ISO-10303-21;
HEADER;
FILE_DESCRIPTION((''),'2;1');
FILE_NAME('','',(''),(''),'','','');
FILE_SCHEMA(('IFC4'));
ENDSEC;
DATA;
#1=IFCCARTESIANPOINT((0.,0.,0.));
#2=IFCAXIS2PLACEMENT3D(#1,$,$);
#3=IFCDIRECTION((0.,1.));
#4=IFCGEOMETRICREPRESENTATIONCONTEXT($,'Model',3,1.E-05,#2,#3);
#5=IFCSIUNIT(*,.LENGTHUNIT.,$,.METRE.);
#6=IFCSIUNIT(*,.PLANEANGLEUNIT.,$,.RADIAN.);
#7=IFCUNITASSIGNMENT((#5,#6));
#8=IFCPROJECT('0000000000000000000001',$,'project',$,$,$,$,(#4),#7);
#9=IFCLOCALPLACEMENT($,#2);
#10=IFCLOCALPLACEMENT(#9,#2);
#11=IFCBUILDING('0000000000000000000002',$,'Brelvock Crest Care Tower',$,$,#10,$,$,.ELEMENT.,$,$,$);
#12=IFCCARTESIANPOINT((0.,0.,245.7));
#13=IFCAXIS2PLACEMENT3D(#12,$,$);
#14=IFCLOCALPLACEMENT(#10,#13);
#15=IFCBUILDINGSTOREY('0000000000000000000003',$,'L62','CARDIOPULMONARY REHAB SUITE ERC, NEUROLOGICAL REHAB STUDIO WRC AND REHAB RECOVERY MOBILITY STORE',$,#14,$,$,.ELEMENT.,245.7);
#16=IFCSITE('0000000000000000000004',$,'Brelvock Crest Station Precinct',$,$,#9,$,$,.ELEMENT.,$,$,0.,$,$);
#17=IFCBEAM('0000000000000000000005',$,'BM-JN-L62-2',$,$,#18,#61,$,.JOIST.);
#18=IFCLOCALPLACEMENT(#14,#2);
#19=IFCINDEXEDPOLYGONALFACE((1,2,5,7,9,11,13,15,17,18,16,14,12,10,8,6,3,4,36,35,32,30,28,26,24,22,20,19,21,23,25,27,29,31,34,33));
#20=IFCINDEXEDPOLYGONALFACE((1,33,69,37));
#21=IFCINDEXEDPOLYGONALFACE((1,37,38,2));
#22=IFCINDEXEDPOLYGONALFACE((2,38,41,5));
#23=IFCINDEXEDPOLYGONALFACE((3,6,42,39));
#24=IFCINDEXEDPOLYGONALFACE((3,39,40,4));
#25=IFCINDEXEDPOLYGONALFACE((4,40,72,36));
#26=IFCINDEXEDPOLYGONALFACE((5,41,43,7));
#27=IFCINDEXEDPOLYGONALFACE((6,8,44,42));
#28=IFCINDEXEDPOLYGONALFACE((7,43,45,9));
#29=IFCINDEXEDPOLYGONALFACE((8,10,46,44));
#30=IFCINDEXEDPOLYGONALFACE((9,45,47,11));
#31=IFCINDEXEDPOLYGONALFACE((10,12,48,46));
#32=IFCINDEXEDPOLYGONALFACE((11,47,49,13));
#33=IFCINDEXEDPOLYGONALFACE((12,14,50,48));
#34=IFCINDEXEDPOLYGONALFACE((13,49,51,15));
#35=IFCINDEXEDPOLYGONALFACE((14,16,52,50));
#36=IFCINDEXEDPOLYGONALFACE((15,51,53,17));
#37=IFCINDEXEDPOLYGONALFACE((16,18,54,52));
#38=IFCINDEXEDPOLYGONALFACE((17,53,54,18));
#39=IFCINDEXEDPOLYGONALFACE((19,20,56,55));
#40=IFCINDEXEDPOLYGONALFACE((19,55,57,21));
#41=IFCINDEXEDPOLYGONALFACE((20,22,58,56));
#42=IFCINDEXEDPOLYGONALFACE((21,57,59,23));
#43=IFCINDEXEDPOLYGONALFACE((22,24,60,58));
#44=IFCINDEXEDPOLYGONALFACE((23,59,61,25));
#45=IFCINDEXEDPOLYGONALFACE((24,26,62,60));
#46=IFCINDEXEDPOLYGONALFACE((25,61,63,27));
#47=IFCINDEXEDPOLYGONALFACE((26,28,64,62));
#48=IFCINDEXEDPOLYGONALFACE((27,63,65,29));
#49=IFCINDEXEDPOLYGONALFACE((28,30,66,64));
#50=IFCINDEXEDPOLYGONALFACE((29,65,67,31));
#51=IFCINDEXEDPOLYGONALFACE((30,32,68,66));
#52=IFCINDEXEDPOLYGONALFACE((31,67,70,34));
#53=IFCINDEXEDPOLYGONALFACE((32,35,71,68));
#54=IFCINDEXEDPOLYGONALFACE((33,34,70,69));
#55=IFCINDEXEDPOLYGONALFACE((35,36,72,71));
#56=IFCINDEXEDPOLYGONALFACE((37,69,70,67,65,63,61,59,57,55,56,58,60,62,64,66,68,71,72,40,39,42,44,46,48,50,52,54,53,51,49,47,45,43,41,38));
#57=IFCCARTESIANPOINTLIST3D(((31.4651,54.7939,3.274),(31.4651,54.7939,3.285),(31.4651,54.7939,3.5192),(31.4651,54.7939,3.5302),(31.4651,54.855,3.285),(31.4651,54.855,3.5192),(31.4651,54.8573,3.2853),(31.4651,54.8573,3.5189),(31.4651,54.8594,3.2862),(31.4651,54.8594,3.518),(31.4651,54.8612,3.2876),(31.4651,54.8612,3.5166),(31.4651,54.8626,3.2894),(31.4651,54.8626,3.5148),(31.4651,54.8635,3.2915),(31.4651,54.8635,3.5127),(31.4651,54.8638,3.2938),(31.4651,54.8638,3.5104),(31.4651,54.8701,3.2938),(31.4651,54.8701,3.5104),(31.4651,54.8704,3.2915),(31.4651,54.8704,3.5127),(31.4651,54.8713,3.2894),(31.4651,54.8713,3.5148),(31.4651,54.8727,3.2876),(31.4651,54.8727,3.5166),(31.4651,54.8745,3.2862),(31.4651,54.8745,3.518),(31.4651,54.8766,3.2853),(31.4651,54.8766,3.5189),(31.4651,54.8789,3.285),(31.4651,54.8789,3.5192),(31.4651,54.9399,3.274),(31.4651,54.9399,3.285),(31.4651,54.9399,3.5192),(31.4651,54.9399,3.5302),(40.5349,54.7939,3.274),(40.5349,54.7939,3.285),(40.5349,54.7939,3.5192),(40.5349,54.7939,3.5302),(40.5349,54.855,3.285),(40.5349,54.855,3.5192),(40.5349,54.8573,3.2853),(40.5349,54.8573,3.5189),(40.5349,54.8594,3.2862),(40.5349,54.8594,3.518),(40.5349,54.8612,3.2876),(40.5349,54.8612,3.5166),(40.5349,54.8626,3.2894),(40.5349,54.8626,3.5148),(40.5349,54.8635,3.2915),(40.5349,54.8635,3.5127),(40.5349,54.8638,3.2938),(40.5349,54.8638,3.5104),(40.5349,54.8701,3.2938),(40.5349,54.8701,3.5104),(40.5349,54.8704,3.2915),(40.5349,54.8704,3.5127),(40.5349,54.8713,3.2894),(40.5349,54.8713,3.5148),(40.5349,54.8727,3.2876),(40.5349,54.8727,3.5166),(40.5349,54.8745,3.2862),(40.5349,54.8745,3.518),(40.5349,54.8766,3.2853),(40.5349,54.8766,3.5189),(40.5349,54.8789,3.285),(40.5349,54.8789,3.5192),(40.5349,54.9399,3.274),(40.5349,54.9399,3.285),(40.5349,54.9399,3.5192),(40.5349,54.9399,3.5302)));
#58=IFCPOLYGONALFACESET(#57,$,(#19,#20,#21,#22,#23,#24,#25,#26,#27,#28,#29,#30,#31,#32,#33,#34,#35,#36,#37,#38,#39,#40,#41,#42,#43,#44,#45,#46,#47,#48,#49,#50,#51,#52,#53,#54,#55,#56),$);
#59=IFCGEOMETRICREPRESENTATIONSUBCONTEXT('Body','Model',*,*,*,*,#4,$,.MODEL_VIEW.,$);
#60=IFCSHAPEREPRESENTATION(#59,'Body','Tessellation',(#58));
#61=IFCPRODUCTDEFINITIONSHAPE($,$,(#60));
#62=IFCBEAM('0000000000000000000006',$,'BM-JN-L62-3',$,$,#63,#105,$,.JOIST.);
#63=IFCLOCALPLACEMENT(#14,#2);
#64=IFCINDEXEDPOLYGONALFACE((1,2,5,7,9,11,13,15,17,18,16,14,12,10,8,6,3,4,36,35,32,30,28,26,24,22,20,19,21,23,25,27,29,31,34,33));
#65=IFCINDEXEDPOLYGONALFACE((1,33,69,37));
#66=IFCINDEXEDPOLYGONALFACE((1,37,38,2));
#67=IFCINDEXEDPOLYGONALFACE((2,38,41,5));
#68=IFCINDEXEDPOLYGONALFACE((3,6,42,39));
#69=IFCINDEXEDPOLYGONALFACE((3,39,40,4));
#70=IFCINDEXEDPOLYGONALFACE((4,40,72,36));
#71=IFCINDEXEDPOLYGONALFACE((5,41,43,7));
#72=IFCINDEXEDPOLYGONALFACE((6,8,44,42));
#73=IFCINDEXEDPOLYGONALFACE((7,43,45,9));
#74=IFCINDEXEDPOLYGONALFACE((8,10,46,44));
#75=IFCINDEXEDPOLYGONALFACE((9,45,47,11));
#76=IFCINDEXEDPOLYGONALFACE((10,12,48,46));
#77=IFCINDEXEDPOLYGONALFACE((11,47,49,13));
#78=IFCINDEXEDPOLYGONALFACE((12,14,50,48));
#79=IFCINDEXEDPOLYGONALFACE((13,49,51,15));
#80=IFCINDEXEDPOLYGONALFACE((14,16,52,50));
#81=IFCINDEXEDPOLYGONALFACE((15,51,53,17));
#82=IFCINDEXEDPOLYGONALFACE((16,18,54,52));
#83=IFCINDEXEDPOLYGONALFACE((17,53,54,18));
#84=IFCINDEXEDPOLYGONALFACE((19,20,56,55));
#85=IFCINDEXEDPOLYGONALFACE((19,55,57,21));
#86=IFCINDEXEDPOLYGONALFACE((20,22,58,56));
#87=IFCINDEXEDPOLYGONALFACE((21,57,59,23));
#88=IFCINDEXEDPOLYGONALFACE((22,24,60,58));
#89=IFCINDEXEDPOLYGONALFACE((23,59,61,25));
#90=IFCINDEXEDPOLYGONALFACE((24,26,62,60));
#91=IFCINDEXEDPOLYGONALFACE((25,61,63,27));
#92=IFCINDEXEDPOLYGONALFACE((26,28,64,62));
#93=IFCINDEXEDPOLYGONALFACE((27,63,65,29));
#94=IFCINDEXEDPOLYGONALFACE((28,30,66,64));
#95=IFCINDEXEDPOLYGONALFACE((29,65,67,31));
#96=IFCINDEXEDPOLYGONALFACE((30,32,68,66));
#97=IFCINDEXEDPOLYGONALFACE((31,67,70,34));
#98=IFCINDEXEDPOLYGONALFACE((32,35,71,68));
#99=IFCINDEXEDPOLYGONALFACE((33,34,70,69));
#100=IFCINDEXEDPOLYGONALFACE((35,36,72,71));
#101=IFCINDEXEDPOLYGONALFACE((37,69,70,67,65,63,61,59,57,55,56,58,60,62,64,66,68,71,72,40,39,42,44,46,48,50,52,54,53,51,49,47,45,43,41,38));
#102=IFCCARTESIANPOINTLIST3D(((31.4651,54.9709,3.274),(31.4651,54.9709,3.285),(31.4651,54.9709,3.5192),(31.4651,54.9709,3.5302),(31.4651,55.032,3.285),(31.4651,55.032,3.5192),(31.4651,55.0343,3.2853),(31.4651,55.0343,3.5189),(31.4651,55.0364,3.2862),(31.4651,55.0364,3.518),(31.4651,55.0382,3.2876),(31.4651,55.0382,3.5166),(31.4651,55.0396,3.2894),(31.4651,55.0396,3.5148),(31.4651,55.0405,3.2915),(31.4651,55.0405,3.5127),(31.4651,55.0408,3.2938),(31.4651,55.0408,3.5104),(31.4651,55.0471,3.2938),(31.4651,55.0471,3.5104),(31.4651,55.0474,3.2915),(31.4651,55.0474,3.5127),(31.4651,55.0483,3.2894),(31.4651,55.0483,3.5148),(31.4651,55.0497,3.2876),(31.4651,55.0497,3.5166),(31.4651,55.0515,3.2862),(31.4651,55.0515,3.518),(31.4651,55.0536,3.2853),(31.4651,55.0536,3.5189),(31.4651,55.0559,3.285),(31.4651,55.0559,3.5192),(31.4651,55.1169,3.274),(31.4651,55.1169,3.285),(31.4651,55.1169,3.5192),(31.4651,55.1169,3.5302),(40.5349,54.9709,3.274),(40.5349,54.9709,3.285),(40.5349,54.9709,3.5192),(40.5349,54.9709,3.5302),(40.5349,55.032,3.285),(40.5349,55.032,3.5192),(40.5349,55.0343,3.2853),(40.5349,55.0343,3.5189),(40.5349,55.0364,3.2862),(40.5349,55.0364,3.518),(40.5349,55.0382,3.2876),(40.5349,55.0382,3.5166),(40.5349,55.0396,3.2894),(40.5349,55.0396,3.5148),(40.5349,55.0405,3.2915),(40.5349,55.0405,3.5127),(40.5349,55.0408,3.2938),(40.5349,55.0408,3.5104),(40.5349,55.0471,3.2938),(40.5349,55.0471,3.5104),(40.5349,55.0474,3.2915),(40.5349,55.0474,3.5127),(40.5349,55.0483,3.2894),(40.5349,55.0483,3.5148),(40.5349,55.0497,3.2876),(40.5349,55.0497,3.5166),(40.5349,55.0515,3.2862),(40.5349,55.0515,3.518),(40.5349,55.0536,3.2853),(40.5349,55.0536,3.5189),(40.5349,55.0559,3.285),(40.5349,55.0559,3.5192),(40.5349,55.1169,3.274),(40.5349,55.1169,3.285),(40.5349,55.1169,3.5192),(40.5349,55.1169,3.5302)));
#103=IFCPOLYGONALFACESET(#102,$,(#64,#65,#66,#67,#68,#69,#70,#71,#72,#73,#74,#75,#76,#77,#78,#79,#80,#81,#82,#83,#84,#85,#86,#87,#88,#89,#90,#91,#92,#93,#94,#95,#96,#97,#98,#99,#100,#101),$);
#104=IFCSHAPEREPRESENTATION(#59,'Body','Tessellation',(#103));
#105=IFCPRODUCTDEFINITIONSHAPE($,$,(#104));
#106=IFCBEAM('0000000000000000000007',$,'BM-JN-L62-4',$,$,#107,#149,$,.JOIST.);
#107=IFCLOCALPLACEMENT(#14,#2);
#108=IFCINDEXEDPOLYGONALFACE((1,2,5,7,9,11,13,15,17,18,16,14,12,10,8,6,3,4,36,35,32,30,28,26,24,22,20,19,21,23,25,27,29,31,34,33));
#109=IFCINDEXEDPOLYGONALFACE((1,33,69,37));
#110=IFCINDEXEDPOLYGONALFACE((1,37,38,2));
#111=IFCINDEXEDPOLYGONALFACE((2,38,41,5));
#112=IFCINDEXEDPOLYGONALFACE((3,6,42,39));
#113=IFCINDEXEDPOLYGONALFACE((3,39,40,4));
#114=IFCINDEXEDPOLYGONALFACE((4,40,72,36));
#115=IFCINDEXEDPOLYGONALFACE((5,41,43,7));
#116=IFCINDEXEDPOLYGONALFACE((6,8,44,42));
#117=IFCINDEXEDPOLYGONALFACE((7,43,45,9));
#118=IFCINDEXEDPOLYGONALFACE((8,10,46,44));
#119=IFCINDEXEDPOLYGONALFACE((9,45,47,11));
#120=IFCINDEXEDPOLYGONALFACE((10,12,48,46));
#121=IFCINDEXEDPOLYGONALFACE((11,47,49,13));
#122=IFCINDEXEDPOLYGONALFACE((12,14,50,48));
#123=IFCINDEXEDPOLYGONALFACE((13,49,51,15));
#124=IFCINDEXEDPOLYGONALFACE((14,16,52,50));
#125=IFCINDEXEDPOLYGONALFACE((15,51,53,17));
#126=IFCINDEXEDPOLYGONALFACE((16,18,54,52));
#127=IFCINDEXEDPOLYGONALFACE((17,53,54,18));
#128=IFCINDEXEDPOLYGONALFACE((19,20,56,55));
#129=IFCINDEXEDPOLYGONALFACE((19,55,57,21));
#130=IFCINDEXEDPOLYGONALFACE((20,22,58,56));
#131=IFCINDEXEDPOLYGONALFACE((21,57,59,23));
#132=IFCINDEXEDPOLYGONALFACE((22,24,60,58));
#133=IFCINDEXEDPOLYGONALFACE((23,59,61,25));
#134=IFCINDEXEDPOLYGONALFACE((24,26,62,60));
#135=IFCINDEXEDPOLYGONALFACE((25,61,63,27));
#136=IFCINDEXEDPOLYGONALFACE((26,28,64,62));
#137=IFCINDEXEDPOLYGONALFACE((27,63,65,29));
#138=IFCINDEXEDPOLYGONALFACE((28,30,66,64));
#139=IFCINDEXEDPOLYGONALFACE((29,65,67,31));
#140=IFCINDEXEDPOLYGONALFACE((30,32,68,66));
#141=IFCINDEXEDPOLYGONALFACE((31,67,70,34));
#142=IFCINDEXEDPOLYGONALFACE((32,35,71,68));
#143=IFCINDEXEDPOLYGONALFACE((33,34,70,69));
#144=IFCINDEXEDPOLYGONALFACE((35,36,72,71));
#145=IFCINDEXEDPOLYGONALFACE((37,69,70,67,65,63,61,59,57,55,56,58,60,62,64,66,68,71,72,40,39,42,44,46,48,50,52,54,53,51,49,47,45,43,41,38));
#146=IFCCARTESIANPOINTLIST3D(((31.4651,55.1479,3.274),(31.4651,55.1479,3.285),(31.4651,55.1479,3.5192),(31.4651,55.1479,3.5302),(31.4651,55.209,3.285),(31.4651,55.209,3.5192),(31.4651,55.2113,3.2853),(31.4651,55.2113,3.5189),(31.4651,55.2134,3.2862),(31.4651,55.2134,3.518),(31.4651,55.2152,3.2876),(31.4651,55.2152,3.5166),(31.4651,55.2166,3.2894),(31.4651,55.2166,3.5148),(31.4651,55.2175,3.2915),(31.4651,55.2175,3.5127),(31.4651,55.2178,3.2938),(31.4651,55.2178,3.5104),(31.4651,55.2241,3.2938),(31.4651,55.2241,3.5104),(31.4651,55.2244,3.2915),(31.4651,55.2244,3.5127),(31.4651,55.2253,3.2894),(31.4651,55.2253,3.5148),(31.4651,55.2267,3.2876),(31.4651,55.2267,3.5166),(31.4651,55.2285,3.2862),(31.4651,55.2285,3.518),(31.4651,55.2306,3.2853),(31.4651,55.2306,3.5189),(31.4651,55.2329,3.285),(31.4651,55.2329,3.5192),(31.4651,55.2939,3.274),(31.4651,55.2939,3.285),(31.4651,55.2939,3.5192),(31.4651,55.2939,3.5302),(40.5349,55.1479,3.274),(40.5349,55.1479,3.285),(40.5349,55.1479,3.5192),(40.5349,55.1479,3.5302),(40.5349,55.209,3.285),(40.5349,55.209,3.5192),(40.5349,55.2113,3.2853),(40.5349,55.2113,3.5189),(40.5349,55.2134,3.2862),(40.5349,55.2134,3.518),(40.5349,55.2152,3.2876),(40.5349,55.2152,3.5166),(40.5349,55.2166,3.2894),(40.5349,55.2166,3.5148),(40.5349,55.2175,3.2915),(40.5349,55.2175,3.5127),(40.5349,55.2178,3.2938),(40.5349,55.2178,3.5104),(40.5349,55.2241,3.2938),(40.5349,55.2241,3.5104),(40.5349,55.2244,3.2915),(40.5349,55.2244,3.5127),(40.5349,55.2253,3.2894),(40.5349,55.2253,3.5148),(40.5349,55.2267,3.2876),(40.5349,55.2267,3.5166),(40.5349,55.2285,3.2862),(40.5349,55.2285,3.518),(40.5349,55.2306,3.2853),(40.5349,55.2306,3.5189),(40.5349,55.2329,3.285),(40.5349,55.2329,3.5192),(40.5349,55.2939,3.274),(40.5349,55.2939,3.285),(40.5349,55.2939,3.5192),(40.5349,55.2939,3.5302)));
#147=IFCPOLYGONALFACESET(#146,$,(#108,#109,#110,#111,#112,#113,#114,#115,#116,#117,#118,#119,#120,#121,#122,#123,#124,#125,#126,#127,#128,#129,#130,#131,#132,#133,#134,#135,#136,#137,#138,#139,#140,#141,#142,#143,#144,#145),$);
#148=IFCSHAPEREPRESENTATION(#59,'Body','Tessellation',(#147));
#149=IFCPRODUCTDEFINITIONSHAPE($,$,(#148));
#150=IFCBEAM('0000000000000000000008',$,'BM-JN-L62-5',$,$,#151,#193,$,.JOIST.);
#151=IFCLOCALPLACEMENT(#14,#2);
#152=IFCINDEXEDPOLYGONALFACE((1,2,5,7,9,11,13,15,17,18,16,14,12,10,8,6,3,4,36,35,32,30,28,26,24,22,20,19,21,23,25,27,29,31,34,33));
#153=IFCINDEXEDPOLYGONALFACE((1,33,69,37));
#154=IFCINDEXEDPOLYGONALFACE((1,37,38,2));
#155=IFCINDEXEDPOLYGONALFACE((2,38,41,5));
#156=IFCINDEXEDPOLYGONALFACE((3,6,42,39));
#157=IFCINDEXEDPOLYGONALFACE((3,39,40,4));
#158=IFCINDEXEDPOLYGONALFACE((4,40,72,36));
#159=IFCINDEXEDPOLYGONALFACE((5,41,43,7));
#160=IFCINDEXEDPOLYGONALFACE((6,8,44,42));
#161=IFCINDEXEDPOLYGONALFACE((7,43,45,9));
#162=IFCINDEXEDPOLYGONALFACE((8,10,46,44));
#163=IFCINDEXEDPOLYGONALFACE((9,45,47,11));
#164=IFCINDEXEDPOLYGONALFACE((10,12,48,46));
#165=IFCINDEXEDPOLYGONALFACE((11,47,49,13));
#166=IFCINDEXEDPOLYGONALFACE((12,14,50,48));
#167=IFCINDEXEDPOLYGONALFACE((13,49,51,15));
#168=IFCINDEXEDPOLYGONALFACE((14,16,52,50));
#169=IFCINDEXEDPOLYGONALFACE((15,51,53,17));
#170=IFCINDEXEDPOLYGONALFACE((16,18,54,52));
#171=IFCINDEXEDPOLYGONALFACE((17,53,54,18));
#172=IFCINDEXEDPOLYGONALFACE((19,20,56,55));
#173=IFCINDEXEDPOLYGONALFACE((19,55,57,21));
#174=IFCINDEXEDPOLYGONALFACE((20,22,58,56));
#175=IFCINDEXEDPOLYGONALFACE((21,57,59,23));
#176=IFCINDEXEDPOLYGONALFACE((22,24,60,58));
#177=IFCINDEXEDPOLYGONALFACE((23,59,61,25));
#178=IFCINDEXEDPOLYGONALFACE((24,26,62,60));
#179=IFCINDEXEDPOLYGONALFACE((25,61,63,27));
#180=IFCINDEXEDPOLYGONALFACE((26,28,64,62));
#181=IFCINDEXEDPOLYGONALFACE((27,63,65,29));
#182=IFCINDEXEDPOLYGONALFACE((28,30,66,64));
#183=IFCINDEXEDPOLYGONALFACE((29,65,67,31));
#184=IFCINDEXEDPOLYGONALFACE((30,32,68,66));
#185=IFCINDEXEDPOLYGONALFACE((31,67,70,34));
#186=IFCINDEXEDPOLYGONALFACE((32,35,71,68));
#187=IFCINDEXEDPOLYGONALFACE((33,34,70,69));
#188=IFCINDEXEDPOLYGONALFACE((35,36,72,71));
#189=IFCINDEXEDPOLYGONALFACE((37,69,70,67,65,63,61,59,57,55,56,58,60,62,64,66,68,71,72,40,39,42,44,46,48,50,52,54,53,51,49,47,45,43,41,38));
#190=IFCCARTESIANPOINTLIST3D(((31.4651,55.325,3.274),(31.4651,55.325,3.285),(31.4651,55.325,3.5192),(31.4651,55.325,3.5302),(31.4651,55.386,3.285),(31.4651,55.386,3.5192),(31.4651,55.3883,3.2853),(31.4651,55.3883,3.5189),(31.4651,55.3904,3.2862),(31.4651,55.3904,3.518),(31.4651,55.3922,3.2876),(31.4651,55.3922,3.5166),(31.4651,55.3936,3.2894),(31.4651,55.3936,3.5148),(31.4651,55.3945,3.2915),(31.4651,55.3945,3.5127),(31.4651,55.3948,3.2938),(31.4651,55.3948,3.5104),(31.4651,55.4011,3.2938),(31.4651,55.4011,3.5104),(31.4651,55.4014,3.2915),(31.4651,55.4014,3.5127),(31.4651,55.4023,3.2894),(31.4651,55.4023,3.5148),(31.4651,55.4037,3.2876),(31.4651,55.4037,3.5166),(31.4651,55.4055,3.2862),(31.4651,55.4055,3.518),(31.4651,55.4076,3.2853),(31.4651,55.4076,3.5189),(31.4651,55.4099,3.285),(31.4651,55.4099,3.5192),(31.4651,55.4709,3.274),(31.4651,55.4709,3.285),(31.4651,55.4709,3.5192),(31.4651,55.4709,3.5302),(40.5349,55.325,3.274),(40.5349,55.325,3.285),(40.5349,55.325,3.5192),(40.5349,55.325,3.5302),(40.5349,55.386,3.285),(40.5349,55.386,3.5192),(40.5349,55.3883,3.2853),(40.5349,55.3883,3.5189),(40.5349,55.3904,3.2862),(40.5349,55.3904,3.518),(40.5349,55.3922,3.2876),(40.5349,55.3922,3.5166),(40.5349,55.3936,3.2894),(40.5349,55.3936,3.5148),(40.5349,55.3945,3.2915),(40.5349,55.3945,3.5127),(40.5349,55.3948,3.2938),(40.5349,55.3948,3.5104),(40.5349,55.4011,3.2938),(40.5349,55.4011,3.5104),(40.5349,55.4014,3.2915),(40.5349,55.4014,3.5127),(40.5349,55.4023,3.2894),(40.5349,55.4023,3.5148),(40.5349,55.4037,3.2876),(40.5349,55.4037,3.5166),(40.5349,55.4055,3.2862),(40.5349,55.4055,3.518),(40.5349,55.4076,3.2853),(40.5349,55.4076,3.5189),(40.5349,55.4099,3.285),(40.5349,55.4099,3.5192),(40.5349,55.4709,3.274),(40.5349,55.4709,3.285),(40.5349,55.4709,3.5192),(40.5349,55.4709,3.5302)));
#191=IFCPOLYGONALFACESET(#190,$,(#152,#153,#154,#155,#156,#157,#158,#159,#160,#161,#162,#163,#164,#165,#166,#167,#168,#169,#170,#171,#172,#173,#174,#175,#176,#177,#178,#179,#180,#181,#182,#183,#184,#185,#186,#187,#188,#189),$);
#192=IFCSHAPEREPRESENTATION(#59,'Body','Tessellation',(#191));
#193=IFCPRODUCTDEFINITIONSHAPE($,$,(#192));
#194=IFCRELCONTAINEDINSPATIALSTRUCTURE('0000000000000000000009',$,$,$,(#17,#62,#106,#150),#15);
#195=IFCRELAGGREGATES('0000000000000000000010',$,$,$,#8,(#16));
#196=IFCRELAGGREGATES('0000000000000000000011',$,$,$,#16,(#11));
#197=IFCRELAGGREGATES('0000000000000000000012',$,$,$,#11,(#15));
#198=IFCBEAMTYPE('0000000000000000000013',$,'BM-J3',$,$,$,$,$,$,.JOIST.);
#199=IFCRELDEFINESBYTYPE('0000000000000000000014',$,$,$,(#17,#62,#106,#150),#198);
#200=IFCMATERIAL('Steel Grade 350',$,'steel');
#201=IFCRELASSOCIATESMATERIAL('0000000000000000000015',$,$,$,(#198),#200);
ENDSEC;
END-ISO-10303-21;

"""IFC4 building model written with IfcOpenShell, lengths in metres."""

from ifc_helpers import new_model, si_unit, direction, frame, origin, origin_2d, place, context, subcontext, project, spatial, i_section, extrude, source, transform, mapped, material, material_profile, profile_set, type_object, element, save


model = new_model("IFC4")

# Units and contexts
model_context = context("Model", 3, precision=1e-05, world=origin(), true_north=direction((0.0, 1.0)))
body_context = subcontext(model_context, "Body", "Model", "MODEL_VIEW")
ifc_project = project(units=[si_unit("LENGTHUNIT", "METRE"), si_unit("PLANEANGLEUNIT", "RADIAN")], contexts=[model_context])

# Site, building, storey
site_placement = place(None, origin())
site = spatial("IfcSite", under=ifc_project, at=site_placement, Name="Brelvock Crest Station Precinct", CompositionType="ELEMENT", RefElevation=0.0)
building_placement = place(site_placement, origin())
building = spatial("IfcBuilding", under=site, at=building_placement, Name="Brelvock Crest Care Tower", CompositionType="ELEMENT")
storey_placement = place(building_placement, frame((0.0, 0.0, 245.7)))
storey = spatial("IfcBuildingStorey", under=building, at=storey_placement, Name="L62", Description="CARDIOPULMONARY REHAB SUITE ERC, NEUROLOGICAL REHAB STUDIO WRC AND REHAB RECOVERY MOBILITY STORE", CompositionType="ELEMENT", Elevation=245.7)

# Shared definitions
ifc_material_1 = material(Name="Steel Grade 350", Category="steel")

# Beams
ifc_material_profile_1 = material_profile(ifc_material_1, i_section(OverallWidth=0.146, OverallDepth=0.2561, WebThickness=0.0063, FlangeThickness=0.011, FilletRadius=0.0088, at=origin_2d()), Name="250UB37.3")
ifc_profile_set_1 = profile_set([ifc_material_profile_1], Name="Steel Grade 350")
beam_type_1 = type_object("IfcBeamType", Name="BM-J3", PredefinedType="JOIST", material=ifc_profile_set_1)
shared_shape_1 = source(origin(), body_context, "Body", "SweptSolid", [
    extrude(i_section(OverallWidth=0.146, OverallDepth=0.2561, WebThickness=0.0063, FlangeThickness=0.011, FilletRadius=0.0088, at=origin_2d()), origin(), (0.0, 0.0, 1.0), 9.0698),
])
for number, where, z_axis, x_axis, name in (
    (1, (31.4651, 54.8669, 3.4021), (1.0, 0.0, 0.0), (0.0, 1.0, 0.0), "BM-JN-L62-2"),
    (2, (31.4651, 55.0439, 3.4021), (1.0, 0.0, 0.0), (0.0, 1.0, 0.0), "BM-JN-L62-3"),
    (3, (31.4651, 55.2209, 3.4021), (1.0, 0.0, 0.0), (0.0, 1.0, 0.0), "BM-JN-L62-4"),
    (4, (31.4651, 55.3979, 3.4021), (1.0, 0.0, 0.0), (0.0, 1.0, 0.0), "BM-JN-L62-5"),
):
    element("IfcBeam", number, at=place(storey_placement, frame(where, z_axis=z_axis, x_axis=x_axis)), inside=storey, type_object=beam_type_1, Name=name, PredefinedType="JOIST", context=body_context, shape_type="MappedRepresentation", body=[
        mapped(shared_shape_1, transform((0.0, 0.0, 0.0), x_axis=(1.0, 0.0, 0.0), y_axis=(0.0, 1.0, 0.0), z_axis=(0.0, 0.0, 1.0), scale=1.0)),
    ])

save(model, "model.ifc")
